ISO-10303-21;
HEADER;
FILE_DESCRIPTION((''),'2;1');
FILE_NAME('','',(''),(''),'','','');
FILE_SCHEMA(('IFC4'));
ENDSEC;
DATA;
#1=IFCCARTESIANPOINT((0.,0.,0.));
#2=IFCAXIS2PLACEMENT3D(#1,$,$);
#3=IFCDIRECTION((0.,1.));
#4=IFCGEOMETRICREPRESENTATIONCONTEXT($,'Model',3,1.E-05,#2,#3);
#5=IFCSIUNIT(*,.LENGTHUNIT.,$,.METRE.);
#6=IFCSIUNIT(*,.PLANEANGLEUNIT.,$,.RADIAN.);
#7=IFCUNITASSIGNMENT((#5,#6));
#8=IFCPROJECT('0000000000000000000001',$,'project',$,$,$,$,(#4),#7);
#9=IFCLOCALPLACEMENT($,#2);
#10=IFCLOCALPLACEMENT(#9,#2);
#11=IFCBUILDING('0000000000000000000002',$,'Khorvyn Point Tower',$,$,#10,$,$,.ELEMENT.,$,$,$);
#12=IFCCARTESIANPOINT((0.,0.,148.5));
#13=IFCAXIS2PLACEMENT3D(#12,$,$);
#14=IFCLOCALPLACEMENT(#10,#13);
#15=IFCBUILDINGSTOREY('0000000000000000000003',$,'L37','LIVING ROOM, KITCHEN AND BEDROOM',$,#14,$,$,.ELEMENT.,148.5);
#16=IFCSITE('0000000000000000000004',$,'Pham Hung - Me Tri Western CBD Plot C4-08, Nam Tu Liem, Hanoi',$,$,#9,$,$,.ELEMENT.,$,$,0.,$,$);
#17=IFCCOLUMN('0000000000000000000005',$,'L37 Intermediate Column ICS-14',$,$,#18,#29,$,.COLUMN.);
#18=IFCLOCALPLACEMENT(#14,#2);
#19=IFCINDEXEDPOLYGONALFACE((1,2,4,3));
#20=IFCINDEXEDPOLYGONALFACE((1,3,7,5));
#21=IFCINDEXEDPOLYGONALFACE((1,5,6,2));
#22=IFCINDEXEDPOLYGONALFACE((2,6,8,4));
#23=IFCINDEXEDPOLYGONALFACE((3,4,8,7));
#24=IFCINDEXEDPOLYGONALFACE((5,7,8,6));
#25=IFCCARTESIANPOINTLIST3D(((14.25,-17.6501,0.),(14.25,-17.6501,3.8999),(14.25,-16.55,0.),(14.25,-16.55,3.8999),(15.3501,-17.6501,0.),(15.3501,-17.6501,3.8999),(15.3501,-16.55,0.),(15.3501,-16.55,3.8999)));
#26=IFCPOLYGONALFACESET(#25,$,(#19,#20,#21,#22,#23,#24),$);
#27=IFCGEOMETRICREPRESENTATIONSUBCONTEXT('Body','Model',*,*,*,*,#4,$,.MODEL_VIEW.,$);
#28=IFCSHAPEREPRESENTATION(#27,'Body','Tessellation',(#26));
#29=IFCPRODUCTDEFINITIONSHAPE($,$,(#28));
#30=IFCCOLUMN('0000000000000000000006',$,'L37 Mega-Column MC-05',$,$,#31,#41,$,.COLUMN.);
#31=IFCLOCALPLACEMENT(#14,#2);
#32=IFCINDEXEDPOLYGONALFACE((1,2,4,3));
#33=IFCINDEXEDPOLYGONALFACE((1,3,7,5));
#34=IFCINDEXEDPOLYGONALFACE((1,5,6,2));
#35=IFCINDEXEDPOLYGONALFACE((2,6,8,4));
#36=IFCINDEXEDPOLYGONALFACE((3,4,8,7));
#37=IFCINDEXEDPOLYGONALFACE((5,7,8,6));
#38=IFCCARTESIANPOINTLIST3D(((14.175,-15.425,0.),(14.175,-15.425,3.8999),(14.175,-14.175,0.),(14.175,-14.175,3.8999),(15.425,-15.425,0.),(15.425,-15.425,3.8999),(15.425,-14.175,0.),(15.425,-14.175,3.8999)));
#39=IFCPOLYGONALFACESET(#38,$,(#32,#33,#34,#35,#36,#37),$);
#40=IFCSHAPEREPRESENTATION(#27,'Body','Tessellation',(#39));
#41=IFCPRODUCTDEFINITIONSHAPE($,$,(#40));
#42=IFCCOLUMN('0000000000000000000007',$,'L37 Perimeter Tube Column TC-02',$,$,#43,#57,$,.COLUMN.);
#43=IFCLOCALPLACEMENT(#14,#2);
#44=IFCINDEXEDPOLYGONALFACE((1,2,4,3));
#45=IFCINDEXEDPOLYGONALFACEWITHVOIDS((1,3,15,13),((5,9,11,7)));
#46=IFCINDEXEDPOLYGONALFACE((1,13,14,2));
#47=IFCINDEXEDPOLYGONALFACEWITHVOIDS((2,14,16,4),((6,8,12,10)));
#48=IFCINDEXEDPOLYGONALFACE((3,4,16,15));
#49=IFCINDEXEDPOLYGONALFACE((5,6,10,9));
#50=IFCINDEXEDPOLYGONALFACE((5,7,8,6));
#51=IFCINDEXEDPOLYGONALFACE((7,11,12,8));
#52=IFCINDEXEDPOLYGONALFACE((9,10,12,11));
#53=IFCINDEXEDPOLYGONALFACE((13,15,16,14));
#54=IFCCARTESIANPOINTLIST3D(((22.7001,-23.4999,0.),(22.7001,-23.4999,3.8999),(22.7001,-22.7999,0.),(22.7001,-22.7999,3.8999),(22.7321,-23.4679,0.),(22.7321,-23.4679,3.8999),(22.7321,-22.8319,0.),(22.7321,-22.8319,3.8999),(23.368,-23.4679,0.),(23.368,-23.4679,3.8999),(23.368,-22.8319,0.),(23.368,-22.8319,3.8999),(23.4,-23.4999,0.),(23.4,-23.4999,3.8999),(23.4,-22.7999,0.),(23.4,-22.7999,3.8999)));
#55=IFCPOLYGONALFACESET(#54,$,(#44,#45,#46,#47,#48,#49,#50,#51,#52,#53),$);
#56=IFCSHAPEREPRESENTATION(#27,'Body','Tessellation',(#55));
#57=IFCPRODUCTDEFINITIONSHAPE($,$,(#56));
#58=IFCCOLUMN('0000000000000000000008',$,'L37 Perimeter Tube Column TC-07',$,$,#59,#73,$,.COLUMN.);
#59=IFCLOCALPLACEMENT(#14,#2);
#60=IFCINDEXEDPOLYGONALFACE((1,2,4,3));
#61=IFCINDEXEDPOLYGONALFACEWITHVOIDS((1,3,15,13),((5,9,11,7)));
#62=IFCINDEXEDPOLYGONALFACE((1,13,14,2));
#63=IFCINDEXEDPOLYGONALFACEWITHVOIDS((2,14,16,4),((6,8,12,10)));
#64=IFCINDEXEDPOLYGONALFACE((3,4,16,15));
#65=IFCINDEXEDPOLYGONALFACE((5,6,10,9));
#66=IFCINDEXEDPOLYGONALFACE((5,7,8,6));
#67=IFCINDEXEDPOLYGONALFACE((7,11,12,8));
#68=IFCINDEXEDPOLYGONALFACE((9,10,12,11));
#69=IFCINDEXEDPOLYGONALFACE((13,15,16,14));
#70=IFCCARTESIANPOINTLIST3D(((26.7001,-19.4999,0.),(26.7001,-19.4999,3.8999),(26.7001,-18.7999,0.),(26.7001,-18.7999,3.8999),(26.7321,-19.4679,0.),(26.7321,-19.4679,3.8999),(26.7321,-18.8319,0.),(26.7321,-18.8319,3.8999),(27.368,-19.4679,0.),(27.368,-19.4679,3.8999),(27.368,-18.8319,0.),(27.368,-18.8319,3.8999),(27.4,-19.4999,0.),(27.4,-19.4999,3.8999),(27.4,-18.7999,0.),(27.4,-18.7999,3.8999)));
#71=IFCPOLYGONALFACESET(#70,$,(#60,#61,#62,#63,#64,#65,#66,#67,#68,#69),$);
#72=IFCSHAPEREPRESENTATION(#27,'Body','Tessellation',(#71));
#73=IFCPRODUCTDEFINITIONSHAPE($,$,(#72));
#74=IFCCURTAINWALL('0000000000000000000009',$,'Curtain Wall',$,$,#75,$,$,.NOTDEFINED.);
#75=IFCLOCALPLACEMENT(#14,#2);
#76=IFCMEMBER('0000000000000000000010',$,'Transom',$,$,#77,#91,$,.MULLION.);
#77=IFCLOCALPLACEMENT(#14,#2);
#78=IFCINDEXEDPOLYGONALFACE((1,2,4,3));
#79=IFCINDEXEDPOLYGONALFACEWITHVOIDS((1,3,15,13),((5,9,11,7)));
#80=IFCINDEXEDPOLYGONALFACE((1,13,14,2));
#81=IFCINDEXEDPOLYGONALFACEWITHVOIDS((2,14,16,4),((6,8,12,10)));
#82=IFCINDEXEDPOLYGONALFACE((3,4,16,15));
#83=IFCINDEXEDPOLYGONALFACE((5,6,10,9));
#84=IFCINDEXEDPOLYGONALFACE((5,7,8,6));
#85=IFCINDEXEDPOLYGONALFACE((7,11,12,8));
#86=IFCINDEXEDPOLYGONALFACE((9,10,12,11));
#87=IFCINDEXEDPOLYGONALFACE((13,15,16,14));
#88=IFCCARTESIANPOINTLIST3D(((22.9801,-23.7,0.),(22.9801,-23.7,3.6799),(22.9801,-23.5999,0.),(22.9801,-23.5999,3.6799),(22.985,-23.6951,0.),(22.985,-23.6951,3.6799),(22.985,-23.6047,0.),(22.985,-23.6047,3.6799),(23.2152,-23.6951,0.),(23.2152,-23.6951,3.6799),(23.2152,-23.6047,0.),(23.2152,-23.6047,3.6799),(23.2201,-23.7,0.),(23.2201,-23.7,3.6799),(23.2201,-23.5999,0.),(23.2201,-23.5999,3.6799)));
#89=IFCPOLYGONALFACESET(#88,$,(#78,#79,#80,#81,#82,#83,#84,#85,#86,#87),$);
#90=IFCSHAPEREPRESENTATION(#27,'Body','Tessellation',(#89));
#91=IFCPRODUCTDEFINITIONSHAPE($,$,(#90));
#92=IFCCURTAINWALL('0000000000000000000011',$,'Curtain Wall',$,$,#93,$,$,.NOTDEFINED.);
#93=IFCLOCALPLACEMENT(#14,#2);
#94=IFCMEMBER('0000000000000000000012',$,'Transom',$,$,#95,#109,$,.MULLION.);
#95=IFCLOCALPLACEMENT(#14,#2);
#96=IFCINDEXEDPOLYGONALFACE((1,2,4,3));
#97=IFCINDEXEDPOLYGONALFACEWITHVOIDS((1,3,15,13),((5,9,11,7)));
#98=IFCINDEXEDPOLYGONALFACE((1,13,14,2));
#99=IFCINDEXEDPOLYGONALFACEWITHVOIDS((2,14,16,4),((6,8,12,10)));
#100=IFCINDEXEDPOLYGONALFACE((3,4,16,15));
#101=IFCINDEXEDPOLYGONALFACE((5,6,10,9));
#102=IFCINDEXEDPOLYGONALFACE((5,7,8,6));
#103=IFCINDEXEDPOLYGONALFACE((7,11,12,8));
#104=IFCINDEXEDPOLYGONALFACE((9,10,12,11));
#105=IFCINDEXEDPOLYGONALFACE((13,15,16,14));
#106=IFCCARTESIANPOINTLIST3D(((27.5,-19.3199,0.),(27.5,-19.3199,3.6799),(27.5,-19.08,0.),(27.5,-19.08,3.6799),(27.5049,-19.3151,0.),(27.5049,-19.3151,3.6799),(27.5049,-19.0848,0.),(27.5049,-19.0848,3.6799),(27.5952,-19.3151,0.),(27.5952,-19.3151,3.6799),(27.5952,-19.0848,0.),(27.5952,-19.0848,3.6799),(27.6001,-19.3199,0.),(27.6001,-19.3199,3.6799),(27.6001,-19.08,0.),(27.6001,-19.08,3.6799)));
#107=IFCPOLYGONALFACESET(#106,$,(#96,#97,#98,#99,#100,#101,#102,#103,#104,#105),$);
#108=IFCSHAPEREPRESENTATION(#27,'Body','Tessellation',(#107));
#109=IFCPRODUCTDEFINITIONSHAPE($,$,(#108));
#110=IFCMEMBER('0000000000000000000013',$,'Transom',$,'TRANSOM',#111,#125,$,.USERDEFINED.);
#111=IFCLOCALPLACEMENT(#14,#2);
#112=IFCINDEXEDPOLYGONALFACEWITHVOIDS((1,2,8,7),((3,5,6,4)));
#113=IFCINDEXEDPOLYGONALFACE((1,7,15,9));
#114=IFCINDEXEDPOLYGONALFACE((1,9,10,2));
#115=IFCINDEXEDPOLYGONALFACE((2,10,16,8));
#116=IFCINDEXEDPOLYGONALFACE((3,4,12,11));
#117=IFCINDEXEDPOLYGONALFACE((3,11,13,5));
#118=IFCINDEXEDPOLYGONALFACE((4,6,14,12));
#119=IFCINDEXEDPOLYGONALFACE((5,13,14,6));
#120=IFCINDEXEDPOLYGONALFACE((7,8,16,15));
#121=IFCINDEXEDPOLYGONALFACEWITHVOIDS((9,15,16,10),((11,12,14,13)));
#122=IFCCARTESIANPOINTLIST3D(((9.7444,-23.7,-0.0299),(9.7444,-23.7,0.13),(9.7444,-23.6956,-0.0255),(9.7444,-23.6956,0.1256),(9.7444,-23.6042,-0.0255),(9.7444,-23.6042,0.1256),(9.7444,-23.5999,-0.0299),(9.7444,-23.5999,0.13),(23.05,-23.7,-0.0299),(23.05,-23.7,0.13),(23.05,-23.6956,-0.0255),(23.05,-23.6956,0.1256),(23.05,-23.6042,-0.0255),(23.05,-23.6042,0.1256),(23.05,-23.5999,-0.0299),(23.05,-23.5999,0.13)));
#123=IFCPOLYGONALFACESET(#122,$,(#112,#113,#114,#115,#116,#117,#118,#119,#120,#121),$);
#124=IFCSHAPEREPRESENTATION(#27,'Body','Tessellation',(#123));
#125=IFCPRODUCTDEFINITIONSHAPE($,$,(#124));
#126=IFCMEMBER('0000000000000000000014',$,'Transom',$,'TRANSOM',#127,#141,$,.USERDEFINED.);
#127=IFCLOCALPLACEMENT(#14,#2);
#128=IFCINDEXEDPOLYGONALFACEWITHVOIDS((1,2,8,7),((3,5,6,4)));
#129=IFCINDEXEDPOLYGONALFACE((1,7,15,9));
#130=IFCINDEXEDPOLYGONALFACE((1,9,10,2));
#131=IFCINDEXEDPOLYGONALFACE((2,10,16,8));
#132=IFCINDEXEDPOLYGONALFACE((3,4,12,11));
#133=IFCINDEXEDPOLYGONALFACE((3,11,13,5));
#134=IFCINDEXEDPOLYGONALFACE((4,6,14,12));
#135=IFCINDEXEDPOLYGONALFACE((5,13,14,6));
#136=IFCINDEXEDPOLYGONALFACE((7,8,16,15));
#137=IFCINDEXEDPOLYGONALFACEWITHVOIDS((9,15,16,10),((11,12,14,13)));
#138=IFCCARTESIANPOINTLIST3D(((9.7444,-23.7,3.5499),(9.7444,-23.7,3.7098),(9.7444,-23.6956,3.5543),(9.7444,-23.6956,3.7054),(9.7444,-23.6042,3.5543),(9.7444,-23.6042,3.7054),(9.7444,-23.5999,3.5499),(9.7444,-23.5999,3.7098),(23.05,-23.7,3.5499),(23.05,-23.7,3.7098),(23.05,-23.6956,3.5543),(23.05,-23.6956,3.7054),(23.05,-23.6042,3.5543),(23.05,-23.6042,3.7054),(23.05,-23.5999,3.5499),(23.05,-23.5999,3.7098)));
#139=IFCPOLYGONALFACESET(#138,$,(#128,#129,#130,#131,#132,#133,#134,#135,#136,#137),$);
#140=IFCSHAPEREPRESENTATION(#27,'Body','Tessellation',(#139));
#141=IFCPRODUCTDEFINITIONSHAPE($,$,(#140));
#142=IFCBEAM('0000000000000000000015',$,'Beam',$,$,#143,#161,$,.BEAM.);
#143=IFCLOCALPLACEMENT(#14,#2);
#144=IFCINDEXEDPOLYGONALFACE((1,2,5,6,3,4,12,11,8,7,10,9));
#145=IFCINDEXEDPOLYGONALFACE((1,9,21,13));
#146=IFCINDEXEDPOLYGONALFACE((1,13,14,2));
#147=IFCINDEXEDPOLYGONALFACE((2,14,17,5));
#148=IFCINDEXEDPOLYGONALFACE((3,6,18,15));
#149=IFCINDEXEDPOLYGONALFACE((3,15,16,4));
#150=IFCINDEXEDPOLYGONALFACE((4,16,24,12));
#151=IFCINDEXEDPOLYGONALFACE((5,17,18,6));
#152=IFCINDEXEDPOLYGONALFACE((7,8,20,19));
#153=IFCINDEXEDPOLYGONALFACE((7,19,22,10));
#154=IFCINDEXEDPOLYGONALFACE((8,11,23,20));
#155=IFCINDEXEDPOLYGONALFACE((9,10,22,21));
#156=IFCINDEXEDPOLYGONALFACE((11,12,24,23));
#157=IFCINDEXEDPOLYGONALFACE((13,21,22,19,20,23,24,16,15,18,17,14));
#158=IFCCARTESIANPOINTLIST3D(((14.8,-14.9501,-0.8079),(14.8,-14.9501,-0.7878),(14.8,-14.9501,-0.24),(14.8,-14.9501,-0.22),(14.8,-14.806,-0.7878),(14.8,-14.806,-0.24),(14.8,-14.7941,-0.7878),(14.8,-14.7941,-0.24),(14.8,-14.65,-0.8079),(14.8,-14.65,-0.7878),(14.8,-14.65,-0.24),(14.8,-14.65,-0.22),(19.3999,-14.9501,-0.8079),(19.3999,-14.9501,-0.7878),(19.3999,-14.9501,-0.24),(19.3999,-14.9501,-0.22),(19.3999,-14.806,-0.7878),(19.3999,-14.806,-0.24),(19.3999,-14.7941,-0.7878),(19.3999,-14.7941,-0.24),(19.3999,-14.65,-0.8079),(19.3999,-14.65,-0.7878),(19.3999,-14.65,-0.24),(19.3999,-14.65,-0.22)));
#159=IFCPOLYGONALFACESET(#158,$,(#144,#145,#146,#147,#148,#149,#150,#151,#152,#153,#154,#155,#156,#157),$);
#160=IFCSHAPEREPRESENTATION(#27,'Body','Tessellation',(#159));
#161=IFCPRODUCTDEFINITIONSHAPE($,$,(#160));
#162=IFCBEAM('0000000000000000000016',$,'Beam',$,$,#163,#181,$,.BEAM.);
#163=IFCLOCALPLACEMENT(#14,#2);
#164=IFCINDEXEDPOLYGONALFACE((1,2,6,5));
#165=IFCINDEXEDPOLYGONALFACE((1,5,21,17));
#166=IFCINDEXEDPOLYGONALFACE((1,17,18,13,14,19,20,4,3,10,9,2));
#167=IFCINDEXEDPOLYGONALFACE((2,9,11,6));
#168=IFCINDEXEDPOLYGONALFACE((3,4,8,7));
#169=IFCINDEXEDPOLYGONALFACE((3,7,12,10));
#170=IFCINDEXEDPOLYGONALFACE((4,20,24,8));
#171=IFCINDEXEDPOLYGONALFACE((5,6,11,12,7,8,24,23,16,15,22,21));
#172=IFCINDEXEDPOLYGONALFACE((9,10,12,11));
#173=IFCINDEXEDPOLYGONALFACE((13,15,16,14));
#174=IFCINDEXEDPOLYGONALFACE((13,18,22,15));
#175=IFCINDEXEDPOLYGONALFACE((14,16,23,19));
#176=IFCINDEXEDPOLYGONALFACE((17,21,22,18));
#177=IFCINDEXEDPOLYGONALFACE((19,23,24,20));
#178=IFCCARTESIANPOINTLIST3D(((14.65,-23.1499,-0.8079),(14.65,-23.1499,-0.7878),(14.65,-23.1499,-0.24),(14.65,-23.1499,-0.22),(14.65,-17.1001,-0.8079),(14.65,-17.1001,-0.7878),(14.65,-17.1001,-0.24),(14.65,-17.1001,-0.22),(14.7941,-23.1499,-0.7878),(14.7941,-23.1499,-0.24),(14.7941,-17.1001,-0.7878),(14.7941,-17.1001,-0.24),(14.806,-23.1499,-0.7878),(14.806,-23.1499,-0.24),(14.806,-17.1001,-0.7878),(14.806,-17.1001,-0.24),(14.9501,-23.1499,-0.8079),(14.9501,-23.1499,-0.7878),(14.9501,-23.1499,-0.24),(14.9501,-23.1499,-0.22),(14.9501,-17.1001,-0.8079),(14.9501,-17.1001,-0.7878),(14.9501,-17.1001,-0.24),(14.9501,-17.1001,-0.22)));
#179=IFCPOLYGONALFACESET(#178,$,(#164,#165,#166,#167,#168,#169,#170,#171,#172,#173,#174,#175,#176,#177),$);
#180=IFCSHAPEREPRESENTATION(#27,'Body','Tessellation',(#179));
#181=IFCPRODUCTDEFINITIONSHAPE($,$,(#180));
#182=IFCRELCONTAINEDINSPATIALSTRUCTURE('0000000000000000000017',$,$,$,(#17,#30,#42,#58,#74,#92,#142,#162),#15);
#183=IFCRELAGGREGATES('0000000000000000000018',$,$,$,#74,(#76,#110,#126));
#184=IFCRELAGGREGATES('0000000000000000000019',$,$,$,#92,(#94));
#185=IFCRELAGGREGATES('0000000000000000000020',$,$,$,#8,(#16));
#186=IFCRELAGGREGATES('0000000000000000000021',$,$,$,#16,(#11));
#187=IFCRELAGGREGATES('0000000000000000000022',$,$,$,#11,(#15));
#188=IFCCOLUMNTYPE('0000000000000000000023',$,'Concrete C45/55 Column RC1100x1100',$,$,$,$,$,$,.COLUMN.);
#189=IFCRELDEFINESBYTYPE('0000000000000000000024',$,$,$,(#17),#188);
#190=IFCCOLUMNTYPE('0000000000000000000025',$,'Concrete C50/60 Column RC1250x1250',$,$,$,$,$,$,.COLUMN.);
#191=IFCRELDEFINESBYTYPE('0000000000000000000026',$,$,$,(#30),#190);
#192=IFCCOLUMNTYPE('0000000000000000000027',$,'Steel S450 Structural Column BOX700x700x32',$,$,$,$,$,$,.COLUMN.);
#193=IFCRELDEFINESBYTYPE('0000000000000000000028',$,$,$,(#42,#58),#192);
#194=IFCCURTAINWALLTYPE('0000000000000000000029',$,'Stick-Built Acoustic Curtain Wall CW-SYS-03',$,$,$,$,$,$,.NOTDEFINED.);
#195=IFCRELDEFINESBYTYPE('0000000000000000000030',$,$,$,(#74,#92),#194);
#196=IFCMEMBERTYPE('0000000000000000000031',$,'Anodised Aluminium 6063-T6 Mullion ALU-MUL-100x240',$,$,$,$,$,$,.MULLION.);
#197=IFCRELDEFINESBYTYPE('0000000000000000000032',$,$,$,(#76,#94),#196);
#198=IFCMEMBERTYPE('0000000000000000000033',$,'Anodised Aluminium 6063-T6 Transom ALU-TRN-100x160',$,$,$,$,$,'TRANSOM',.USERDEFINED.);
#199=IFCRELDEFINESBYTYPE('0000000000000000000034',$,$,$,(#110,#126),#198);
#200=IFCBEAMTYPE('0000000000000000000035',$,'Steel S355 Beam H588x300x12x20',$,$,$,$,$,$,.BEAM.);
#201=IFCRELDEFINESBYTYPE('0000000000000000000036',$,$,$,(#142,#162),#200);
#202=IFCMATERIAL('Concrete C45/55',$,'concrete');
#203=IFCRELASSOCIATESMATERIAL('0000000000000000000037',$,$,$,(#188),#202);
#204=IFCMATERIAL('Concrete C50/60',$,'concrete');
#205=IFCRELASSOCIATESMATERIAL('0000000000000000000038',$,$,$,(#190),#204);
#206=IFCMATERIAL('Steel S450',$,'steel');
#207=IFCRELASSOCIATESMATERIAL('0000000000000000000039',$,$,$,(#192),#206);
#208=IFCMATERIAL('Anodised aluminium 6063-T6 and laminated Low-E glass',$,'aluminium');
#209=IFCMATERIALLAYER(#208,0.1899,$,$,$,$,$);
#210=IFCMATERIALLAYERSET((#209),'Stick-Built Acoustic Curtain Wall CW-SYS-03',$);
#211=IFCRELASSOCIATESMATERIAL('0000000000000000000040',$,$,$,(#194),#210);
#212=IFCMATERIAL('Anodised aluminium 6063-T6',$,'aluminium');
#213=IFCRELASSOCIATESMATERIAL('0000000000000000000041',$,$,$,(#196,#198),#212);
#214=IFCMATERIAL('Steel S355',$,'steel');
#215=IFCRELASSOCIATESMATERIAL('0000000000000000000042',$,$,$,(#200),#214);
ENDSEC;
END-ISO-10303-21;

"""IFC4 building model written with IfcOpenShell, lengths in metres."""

from ifc_helpers import new_model, si_unit, direction, frame, origin, origin_2d, place, context, subcontext, project, spatial, rectangle, hollow_rectangle, i_section, extrude, material, layer, layer_set, material_profile, profile_set, type_object, element, aggregate, save


model = new_model("IFC4")

# Units and contexts
model_context = context("Model", 3, precision=1e-05, world=origin(), true_north=direction((0.0, 1.0)))
body_context = subcontext(model_context, "Body", "Model", "MODEL_VIEW")
ifc_project = project(units=[si_unit("LENGTHUNIT", "METRE"), si_unit("PLANEANGLEUNIT", "RADIAN")], contexts=[model_context])

# Site, building, storey
site_placement = place(None, origin())
site = spatial("IfcSite", under=ifc_project, at=site_placement, Name="Pham Hung - Me Tri Western CBD Plot C4-08, Nam Tu Liem, Hanoi", CompositionType="ELEMENT", RefElevation=0.0)
building_placement = place(site_placement, origin())
building = spatial("IfcBuilding", under=site, at=building_placement, Name="Khorvyn Point Tower", CompositionType="ELEMENT")
storey_placement = place(building_placement, frame((0.0, 0.0, 148.5)))
storey = spatial("IfcBuildingStorey", under=building, at=storey_placement, Name="L37", Description="LIVING ROOM, KITCHEN AND BEDROOM", CompositionType="ELEMENT", Elevation=148.5)

# Columns
ifc_material_1 = material(Name="Concrete C45/55", Category="concrete")
ifc_material_profile_1 = material_profile(ifc_material_1, rectangle(XDim=1.1001, YDim=1.1001, at=origin_2d()))
ifc_profile_set_1 = profile_set([ifc_material_profile_1], Name="Concrete C45/55 RC1100x1100")
column_type_1 = type_object("IfcColumnType", Name="Concrete C45/55 Column RC1100x1100", PredefinedType="COLUMN", material=ifc_profile_set_1)
column_1_placement = place(storey_placement, frame((14.8, -17.1001, 0.0), z_axis=(0.0, 0.0, 1.0), x_axis=(1.0, 0.0, 0.0)))
element("IfcColumn", 1, at=column_1_placement, inside=storey, type_object=column_type_1, Name="L37 Intermediate Column ICS-14", PredefinedType="COLUMN", context=body_context, shape_type="SweptSolid", body=[
    extrude(rectangle(XDim=1.1001, YDim=1.1001, at=origin_2d()), origin(), (0.0, 0.0, 1.0), 3.8999),
])
ifc_material_2 = material(Name="Concrete C50/60", Category="concrete")
ifc_material_profile_2 = material_profile(ifc_material_2, rectangle(XDim=1.25, YDim=1.25, at=origin_2d()))
ifc_profile_set_2 = profile_set([ifc_material_profile_2], Name="Concrete C50/60 RC1250x1250")
column_type_2 = type_object("IfcColumnType", Name="Concrete C50/60 Column RC1250x1250", PredefinedType="COLUMN", material=ifc_profile_set_2)
column_2_placement = place(storey_placement, frame((14.8, -14.8, 0.0), z_axis=(0.0, 0.0, 1.0), x_axis=(1.0, 0.0, 0.0)))
element("IfcColumn", 2, at=column_2_placement, inside=storey, type_object=column_type_2, Name="L37 Mega-Column MC-05", PredefinedType="COLUMN", context=body_context, shape_type="SweptSolid", body=[
    extrude(rectangle(XDim=1.25, YDim=1.25, at=origin_2d()), origin(), (0.0, 0.0, 1.0), 3.8999),
])
ifc_material_3 = material(Name="Steel S450", Category="steel")
ifc_material_profile_3 = material_profile(ifc_material_3, hollow_rectangle(XDim=0.7, YDim=0.7, WallThickness=0.032, at=origin_2d()))
ifc_profile_set_3 = profile_set([ifc_material_profile_3], Name="Steel S450 BOX700x700x32")
column_type_3 = type_object("IfcColumnType", Name="Steel S450 Structural Column BOX700x700x32", PredefinedType="COLUMN", material=ifc_profile_set_3)
for number, where, z_axis, x_axis, name in (
    (3, (23.05, -23.1499, 0.0), (0.0, 0.0, 1.0), (1.0, 0.0, 0.0), "L37 Perimeter Tube Column TC-02"),
    (4, (27.05, -19.1499, 0.0), (0.0, 0.0, 1.0), (1.0, 0.0, 0.0), "L37 Perimeter Tube Column TC-07"),
):
    element("IfcColumn", number, at=place(storey_placement, frame(where, z_axis=z_axis, x_axis=x_axis)), inside=storey, type_object=column_type_3, Name=name, PredefinedType="COLUMN", context=body_context, shape_type="SweptSolid", body=[
        extrude(hollow_rectangle(XDim=0.7, YDim=0.7, WallThickness=0.032, at=origin_2d()), origin(), (0.0, 0.0, 1.0), 3.8999),
    ])

# Curtain walls, members
ifc_material_4 = material(Name="Anodised aluminium 6063-T6 and laminated Low-E glass", Category="aluminium")
ifc_layer_1 = layer(ifc_material_4, 0.1899)
ifc_layer_set_1 = layer_set([ifc_layer_1], Name="Stick-Built Acoustic Curtain Wall CW-SYS-03")
curtain_wall_type = type_object("IfcCurtainWallType", Name="Stick-Built Acoustic Curtain Wall CW-SYS-03", PredefinedType="NOTDEFINED", material=ifc_layer_set_1)
curtain_wall_1_placement = place(storey_placement, origin())
curtain_wall_1 = element("IfcCurtainWall", 5, at=curtain_wall_1_placement, inside=storey, type_object=curtain_wall_type, Name="Curtain Wall", PredefinedType="NOTDEFINED")
ifc_material_5 = material(Name="Anodised aluminium 6063-T6", Category="aluminium")
ifc_material_profile_4 = material_profile(ifc_material_5, hollow_rectangle(XDim=0.1001, YDim=0.24, WallThickness=0.0049, at=origin_2d()))
ifc_profile_set_4 = profile_set([ifc_material_profile_4], Name="Anodised aluminium 6063-T6 ALU-MUL-100x240")
member_type_1 = type_object("IfcMemberType", Name="Anodised Aluminium 6063-T6 Mullion ALU-MUL-100x240", PredefinedType="MULLION", material=ifc_profile_set_4)
member_1_placement = place(storey_placement, frame((23.1001, -23.6499, 0.0), z_axis=(0.0, 0.0, 1.0), x_axis=(0.0, -1.0, 0.0)))
member_1 = element("IfcMember", 6, at=member_1_placement, type_object=member_type_1, Name="Transom", PredefinedType="MULLION", context=body_context, shape_type="SweptSolid", body=[
    extrude(hollow_rectangle(XDim=0.1001, YDim=0.24, WallThickness=0.0049, at=origin_2d()), origin(), (0.0, 0.0, 1.0), 3.6799),
])
curtain_wall_2_placement = place(storey_placement, origin())
curtain_wall_2 = element("IfcCurtainWall", 7, at=curtain_wall_2_placement, inside=storey, type_object=curtain_wall_type, Name="Curtain Wall", PredefinedType="NOTDEFINED")
member_2_placement = place(storey_placement, frame((27.55, -19.2, 0.0), z_axis=(0.0, 0.0, 1.0), x_axis=(1.0, 0.0, 0.0)))
member_2 = element("IfcMember", 8, at=member_2_placement, type_object=member_type_1, Name="Transom", PredefinedType="MULLION", context=body_context, shape_type="SweptSolid", body=[
    extrude(hollow_rectangle(XDim=0.1001, YDim=0.24, WallThickness=0.0049, at=origin_2d()), origin(), (0.0, 0.0, 1.0), 3.6799),
])

# Members
ifc_material_profile_5 = material_profile(ifc_material_5, hollow_rectangle(XDim=0.1001, YDim=0.1599, WallThickness=0.0044, at=origin_2d()))
ifc_profile_set_5 = profile_set([ifc_material_profile_5], Name="Anodised aluminium 6063-T6 ALU-TRN-100x160")
member_type_2 = type_object("IfcMemberType", Name="Anodised Aluminium 6063-T6 Transom ALU-TRN-100x160", ElementType="TRANSOM", PredefinedType="USERDEFINED", material=ifc_profile_set_5)
member_3_placement = place(storey_placement, frame((23.05, -23.6499, 0.05), z_axis=(-1.0, 0.0, 0.0), x_axis=(0.0, -1.0, 0.0)))
member_3 = element("IfcMember", 9, at=member_3_placement, type_object=member_type_2, Name="Transom", ObjectType="TRANSOM", PredefinedType="USERDEFINED", context=body_context, shape_type="SweptSolid", body=[
    extrude(hollow_rectangle(XDim=0.1001, YDim=0.1599, WallThickness=0.0044, at=origin_2d()), origin(), (0.0, 0.0, 1.0), 13.3057),
])
member_4_placement = place(storey_placement, frame((23.05, -23.6499, 3.6299), z_axis=(-1.0, 0.0, 0.0), x_axis=(0.0, -1.0, 0.0)))
member_4 = element("IfcMember", 10, at=member_4_placement, type_object=member_type_2, Name="Transom", ObjectType="TRANSOM", PredefinedType="USERDEFINED", context=body_context, shape_type="SweptSolid", body=[
    extrude(hollow_rectangle(XDim=0.1001, YDim=0.1599, WallThickness=0.0044, at=origin_2d()), origin(), (0.0, 0.0, 1.0), 13.3057),
])

# Beams
ifc_material_6 = material(Name="Steel S355", Category="steel")
ifc_material_profile_6 = material_profile(ifc_material_6, i_section(OverallWidth=0.3, OverallDepth=0.5879, WebThickness=0.012, FlangeThickness=0.02, at=origin_2d()))
ifc_profile_set_6 = profile_set([ifc_material_profile_6], Name="Steel S355 H588x300x12x20")
beam_type_1 = type_object("IfcBeamType", Name="Steel S355 Beam H588x300x12x20", PredefinedType="BEAM", material=ifc_profile_set_6)
beam_1_placement = place(storey_placement, frame((14.8, -14.8, -0.5139), z_axis=(1.0, 0.0, 0.0), x_axis=(0.0, 1.0, 0.0)))
element("IfcBeam", 11, at=beam_1_placement, inside=storey, type_object=beam_type_1, Name="Beam", PredefinedType="BEAM", context=body_context, shape_type="SweptSolid", body=[
    extrude(i_section(OverallWidth=0.3, OverallDepth=0.5879, WebThickness=0.012, FlangeThickness=0.02, at=origin_2d()), origin(), (0.0, 0.0, 1.0), 4.5999),
])
beam_2_placement = place(storey_placement, frame((14.8, -23.1499, -0.5139), z_axis=(0.0, 1.0, 0.0), x_axis=(-1.0, 0.0, 0.0)))
element("IfcBeam", 12, at=beam_2_placement, inside=storey, type_object=beam_type_1, Name="Beam", PredefinedType="BEAM", context=body_context, shape_type="SweptSolid", body=[
    extrude(i_section(OverallWidth=0.3, OverallDepth=0.5879, WebThickness=0.012, FlangeThickness=0.02, at=origin_2d()), origin(), (0.0, 0.0, 1.0), 6.0498),
])

aggregate(curtain_wall_1, [member_1, member_3, member_4])
aggregate(curtain_wall_2, [member_2])

save(model, "model.ifc")
